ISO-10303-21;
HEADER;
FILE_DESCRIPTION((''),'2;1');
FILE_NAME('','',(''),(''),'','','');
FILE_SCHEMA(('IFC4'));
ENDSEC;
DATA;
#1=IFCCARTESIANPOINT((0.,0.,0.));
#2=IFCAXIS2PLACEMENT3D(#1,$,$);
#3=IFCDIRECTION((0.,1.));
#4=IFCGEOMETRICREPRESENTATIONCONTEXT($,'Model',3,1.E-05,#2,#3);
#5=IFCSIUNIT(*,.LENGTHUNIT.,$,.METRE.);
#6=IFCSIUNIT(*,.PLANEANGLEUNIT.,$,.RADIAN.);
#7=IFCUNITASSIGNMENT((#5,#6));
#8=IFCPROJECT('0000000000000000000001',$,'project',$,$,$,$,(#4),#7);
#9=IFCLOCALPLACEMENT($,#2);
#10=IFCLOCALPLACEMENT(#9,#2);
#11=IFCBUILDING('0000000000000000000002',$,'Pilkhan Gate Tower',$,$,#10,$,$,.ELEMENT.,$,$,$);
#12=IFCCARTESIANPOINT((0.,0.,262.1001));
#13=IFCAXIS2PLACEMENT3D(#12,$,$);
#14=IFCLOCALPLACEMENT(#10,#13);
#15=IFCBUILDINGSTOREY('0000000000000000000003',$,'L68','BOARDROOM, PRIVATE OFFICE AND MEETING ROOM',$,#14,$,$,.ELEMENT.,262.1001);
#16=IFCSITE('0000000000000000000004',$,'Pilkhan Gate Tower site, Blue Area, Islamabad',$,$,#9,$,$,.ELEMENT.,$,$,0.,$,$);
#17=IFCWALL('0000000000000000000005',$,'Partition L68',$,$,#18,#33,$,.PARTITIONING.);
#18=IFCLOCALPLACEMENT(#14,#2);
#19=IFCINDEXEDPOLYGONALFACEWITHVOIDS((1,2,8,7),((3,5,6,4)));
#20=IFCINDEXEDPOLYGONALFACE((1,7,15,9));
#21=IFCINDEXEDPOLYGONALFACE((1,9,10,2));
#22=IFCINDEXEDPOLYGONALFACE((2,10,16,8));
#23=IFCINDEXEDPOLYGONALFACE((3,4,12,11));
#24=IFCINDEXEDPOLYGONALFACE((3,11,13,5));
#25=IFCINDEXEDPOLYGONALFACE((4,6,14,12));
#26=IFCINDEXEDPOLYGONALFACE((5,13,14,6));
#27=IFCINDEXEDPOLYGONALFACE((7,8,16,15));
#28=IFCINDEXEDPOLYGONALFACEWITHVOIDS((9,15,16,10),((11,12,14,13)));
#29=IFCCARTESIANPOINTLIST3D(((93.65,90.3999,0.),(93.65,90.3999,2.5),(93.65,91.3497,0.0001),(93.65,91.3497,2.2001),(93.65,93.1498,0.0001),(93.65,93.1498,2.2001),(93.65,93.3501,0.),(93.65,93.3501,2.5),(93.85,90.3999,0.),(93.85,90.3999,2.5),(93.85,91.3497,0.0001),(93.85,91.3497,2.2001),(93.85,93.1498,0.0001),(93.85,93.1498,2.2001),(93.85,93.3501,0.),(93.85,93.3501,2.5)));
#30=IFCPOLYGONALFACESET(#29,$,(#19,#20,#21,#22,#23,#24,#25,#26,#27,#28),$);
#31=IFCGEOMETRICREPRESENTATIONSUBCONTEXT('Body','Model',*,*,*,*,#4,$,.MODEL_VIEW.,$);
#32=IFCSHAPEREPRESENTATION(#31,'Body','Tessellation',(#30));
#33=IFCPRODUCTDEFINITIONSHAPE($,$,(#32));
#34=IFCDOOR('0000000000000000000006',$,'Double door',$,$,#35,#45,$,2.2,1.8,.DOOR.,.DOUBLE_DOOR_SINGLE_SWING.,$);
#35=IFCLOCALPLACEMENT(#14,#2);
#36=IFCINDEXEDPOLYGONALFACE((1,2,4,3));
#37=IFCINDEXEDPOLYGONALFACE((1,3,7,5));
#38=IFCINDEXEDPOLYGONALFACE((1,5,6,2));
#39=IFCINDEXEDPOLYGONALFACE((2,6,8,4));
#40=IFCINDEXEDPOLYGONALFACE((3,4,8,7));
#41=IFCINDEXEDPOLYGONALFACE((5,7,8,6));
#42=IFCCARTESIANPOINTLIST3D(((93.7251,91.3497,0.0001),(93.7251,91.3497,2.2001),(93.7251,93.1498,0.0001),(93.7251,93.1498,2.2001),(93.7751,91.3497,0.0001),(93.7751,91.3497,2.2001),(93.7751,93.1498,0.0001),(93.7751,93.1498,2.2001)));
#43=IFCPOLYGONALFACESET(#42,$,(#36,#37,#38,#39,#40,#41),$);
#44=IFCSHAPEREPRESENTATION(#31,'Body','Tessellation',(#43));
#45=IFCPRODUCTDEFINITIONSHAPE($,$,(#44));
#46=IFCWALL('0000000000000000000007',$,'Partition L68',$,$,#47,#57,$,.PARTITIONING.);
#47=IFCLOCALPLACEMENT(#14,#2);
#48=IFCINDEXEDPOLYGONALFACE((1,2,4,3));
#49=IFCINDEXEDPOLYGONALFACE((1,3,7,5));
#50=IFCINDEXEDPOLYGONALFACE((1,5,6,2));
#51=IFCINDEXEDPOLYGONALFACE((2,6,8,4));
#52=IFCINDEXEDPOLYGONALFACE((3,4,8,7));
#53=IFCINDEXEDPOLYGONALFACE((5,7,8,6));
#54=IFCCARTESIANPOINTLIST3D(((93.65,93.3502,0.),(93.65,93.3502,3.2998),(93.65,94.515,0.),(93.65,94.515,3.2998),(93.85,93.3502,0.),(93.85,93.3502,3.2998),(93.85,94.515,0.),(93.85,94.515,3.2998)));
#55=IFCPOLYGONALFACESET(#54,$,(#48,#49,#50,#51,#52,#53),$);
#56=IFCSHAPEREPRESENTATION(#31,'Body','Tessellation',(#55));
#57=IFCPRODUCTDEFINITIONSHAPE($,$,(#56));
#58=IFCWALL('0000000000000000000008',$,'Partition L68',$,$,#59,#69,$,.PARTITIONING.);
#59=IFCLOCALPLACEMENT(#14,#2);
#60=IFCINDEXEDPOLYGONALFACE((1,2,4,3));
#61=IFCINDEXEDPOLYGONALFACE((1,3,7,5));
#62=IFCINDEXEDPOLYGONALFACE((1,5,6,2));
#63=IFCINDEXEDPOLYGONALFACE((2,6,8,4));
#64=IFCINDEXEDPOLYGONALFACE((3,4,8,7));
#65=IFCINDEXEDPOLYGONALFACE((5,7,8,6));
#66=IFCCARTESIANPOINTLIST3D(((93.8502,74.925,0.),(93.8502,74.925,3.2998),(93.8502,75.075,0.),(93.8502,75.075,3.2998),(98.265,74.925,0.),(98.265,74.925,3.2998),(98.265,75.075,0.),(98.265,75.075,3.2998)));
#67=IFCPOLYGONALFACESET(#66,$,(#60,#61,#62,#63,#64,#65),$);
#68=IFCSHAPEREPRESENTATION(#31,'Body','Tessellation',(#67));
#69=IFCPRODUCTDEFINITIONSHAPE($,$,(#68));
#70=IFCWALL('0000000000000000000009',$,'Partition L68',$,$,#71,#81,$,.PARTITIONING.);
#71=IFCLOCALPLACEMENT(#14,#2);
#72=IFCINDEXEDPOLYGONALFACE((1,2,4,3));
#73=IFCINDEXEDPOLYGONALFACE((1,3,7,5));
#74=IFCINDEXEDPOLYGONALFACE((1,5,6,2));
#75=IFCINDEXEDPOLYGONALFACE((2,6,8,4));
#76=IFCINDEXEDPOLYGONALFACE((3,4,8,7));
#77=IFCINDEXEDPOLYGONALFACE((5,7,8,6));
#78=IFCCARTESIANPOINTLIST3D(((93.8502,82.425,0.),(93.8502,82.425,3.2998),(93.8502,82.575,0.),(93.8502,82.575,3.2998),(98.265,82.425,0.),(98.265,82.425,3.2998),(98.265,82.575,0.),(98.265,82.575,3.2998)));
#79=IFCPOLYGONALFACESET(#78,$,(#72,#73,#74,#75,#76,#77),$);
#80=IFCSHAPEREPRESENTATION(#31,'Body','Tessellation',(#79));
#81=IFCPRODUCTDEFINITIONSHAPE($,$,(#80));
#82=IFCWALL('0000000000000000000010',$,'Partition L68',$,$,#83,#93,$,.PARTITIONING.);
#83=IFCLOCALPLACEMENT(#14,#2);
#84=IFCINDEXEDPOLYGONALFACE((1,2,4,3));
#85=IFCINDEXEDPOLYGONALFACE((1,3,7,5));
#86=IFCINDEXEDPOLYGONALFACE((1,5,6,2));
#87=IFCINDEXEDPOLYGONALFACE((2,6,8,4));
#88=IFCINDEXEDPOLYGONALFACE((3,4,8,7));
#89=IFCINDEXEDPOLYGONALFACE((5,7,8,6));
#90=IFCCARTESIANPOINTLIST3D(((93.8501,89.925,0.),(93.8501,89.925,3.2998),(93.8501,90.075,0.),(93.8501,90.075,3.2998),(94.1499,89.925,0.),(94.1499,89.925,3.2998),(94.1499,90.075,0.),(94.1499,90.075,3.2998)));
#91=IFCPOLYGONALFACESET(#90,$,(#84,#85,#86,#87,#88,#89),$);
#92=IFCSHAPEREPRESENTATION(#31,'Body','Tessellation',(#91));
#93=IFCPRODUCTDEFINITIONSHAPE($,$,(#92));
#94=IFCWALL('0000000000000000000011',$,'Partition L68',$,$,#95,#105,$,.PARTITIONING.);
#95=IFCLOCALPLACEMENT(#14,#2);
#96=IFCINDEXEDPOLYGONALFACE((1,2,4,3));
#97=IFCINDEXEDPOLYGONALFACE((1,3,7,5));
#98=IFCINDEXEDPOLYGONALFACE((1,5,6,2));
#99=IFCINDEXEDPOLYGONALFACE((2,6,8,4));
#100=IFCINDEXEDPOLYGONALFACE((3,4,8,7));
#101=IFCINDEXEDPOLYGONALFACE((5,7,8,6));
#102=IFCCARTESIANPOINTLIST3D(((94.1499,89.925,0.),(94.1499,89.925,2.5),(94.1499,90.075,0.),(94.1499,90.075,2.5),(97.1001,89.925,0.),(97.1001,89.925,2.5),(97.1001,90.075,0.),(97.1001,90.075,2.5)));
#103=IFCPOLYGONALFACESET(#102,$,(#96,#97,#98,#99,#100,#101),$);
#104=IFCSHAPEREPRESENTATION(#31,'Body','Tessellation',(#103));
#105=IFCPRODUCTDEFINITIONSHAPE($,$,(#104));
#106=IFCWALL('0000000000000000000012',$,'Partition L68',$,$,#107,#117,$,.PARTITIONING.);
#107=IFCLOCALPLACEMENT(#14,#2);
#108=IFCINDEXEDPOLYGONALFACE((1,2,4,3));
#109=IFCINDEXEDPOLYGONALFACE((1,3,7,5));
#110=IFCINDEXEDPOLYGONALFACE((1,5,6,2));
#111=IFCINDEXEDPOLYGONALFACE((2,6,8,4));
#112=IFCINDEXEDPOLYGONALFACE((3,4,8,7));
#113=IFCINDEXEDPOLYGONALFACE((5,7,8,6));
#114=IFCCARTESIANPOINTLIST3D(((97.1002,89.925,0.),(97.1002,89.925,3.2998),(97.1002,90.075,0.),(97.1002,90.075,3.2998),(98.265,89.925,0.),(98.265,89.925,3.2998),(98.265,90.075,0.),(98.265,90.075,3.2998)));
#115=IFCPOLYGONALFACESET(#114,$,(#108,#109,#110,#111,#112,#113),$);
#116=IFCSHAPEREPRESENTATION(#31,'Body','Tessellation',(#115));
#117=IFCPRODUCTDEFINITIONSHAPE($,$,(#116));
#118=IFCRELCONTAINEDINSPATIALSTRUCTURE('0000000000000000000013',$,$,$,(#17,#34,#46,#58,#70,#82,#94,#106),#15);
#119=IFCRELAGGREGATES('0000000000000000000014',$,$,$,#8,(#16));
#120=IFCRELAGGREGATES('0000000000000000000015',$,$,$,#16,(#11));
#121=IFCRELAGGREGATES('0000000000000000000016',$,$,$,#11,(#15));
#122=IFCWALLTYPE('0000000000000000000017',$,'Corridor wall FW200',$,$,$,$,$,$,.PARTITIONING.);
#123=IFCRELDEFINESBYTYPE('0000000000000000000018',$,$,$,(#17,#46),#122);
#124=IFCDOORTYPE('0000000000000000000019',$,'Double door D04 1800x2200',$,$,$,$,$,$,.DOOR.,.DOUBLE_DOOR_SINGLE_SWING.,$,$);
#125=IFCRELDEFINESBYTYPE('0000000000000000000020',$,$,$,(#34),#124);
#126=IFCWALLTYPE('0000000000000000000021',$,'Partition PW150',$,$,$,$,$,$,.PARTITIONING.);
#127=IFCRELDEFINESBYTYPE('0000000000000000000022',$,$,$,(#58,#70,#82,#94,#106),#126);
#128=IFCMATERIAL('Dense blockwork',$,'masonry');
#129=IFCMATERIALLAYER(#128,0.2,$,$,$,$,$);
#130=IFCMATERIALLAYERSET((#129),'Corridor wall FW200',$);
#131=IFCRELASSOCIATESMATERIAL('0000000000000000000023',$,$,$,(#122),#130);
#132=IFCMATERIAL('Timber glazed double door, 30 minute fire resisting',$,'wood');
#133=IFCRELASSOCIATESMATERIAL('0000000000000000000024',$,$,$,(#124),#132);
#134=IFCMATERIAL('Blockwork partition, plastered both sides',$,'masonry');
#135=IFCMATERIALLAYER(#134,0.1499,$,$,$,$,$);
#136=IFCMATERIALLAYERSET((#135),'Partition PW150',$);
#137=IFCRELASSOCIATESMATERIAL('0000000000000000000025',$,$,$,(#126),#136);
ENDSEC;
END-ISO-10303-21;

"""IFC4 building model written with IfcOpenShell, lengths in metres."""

from ifc_helpers import new_model, si_unit, direction, frame, frame_2d, origin, place, context, subcontext, project, spatial, rectangle, extrude, material, layer, layer_set, type_object, element, fill, save


model = new_model("IFC4")

# Units and contexts
model_context = context("Model", 3, precision=1e-05, world=origin(), true_north=direction((0.0, 1.0)))
body_context = subcontext(model_context, "Body", "Model", "MODEL_VIEW")
ifc_project = project(units=[si_unit("LENGTHUNIT", "METRE"), si_unit("PLANEANGLEUNIT", "RADIAN")], contexts=[model_context])

# Site, building, storey
site_placement = place(None, origin())
site = spatial("IfcSite", under=ifc_project, at=site_placement, Name="Pilkhan Gate Tower site, Blue Area, Islamabad", CompositionType="ELEMENT", RefElevation=0.0)
building_placement = place(site_placement, origin())
building = spatial("IfcBuilding", under=site, at=building_placement, Name="Pilkhan Gate Tower", CompositionType="ELEMENT")
storey_placement = place(building_placement, frame((0.0, 0.0, 262.1001)))
storey = spatial("IfcBuildingStorey", under=building, at=storey_placement, Name="L68", Description="BOARDROOM, PRIVATE OFFICE AND MEETING ROOM", CompositionType="ELEMENT", Elevation=262.1001)

# Wall, opening, door
ifc_material_1 = material(Name="Dense blockwork", Category="masonry")
ifc_layer_1 = layer(ifc_material_1, 0.2)
ifc_layer_set_1 = layer_set([ifc_layer_1], Name="Corridor wall FW200")
wall_type_1 = type_object("IfcWallType", Name="Corridor wall FW200", PredefinedType="PARTITIONING", material=ifc_layer_set_1)
wall_1_placement = place(storey_placement, frame((93.75, 90.3999, 0.0), z_axis=(0.0, 0.0, 1.0), x_axis=(0.0, 1.0, 0.0)))
wall_1 = element("IfcWall", 1, at=wall_1_placement, inside=storey, type_object=wall_type_1, Name="Partition L68", PredefinedType="PARTITIONING", context=body_context, shape_type="SweptSolid", body=[
    extrude(rectangle(XDim=2.9502, YDim=0.2, at=frame_2d((1.4751, 0.0))), origin(), (0.0, 0.0, 1.0), 2.5),
])
opening_placement = place(wall_1_placement, frame((0.95, 0.0, 0.0)))
opening = element("IfcOpeningElement", 2, at=opening_placement, cuts=wall_1, PredefinedType="OPENING", context=body_context, shape_type="SweptSolid", body=[
    extrude(rectangle(XDim=1.8, YDim=2.2, at=frame_2d((0.8999, 1.1001))), frame((0.0, 0.1099, 0.0), z_axis=(0.0, -1.0, 0.0), x_axis=(1.0, 0.0, 0.0)), (0.0, 0.0, 1.0), 0.22),
])
ifc_material_2 = material(Name="Timber glazed double door, 30 minute fire resisting", Category="wood")
door_type = type_object("IfcDoorType", Name="Double door D04 1800x2200", OperationType="DOUBLE_DOOR_SINGLE_SWING", PredefinedType="DOOR", material=ifc_material_2)
door_placement = place(opening_placement, origin())
door = element("IfcDoor", 3, at=door_placement, inside=storey, type_object=door_type, Name="Double door", OperationType="DOUBLE_DOOR_SINGLE_SWING", OverallHeight=2.2, OverallWidth=1.8, PredefinedType="DOOR", context=body_context, shape_type="SweptSolid", body=[
    extrude(rectangle(XDim=1.8, YDim=2.2, at=frame_2d((0.8999, 1.1001))), frame((0.0, 0.0249, 0.0), z_axis=(0.0, -1.0, 0.0), x_axis=(1.0, 0.0, 0.0)), (0.0, 0.0, 1.0), 0.05),
])
fill(opening, door)

# Walls
wall_2_placement = place(storey_placement, frame((93.75, 93.3501, 0.0), z_axis=(0.0, 0.0, 1.0), x_axis=(0.0, 1.0, 0.0)))
element("IfcWall", 4, at=wall_2_placement, inside=storey, type_object=wall_type_1, Name="Partition L68", PredefinedType="PARTITIONING", context=body_context, shape_type="SweptSolid", body=[
    extrude(rectangle(XDim=1.1648, YDim=0.2, at=frame_2d((0.5825, 0.0))), origin(), (0.0, 0.0, 1.0), 3.2998),
])
ifc_material_3 = material(Name="Blockwork partition, plastered both sides", Category="masonry")
ifc_layer_2 = layer(ifc_material_3, 0.1499)
ifc_layer_set_2 = layer_set([ifc_layer_2], Name="Partition PW150")
wall_type_2 = type_object("IfcWallType", Name="Partition PW150", PredefinedType="PARTITIONING", material=ifc_layer_set_2)
for number, where, z_axis, x_axis, name in (
    (5, (93.8501, 75.0, 0.0), (0.0, 0.0, 1.0), (1.0, 0.0, 0.0), "Partition L68"),
    (6, (93.8501, 82.5, 0.0), (0.0, 0.0, 1.0), (1.0, 0.0, 0.0), "Partition L68"),
):
    element("IfcWall", number, at=place(storey_placement, frame(where, z_axis=z_axis, x_axis=x_axis)), inside=storey, type_object=wall_type_2, Name=name, PredefinedType="PARTITIONING", context=body_context, shape_type="SweptSolid", body=[
        extrude(rectangle(XDim=4.4148, YDim=0.1499, at=frame_2d((2.2075, 0.0))), origin(), (0.0, 0.0, 1.0), 3.2998),
    ])
wall_3_placement = place(storey_placement, frame((93.8501, 90.0, 0.0), z_axis=(0.0, 0.0, 1.0), x_axis=(1.0, 0.0, 0.0)))
element("IfcWall", 7, at=wall_3_placement, inside=storey, type_object=wall_type_2, Name="Partition L68", PredefinedType="PARTITIONING", context=body_context, shape_type="SweptSolid", body=[
    extrude(rectangle(XDim=0.2998, YDim=0.1499, at=frame_2d((0.1499, 0.0))), origin(), (0.0, 0.0, 1.0), 3.2998),
])
wall_4_placement = place(storey_placement, frame((94.1499, 90.0, 0.0), z_axis=(0.0, 0.0, 1.0), x_axis=(1.0, 0.0, 0.0)))
element("IfcWall", 8, at=wall_4_placement, inside=storey, type_object=wall_type_2, Name="Partition L68", PredefinedType="PARTITIONING", context=body_context, shape_type="SweptSolid", body=[
    extrude(rectangle(XDim=2.9502, YDim=0.1499, at=frame_2d((1.4751, 0.0))), origin(), (0.0, 0.0, 1.0), 2.5),
])
wall_5_placement = place(storey_placement, frame((97.1001, 90.0, 0.0), z_axis=(0.0, 0.0, 1.0), x_axis=(1.0, 0.0, 0.0)))
element("IfcWall", 9, at=wall_5_placement, inside=storey, type_object=wall_type_2, Name="Partition L68", PredefinedType="PARTITIONING", context=body_context, shape_type="SweptSolid", body=[
    extrude(rectangle(XDim=1.1648, YDim=0.1499, at=frame_2d((0.5825, 0.0))), origin(), (0.0, 0.0, 1.0), 3.2998),
])

save(model, "model.ifc")
